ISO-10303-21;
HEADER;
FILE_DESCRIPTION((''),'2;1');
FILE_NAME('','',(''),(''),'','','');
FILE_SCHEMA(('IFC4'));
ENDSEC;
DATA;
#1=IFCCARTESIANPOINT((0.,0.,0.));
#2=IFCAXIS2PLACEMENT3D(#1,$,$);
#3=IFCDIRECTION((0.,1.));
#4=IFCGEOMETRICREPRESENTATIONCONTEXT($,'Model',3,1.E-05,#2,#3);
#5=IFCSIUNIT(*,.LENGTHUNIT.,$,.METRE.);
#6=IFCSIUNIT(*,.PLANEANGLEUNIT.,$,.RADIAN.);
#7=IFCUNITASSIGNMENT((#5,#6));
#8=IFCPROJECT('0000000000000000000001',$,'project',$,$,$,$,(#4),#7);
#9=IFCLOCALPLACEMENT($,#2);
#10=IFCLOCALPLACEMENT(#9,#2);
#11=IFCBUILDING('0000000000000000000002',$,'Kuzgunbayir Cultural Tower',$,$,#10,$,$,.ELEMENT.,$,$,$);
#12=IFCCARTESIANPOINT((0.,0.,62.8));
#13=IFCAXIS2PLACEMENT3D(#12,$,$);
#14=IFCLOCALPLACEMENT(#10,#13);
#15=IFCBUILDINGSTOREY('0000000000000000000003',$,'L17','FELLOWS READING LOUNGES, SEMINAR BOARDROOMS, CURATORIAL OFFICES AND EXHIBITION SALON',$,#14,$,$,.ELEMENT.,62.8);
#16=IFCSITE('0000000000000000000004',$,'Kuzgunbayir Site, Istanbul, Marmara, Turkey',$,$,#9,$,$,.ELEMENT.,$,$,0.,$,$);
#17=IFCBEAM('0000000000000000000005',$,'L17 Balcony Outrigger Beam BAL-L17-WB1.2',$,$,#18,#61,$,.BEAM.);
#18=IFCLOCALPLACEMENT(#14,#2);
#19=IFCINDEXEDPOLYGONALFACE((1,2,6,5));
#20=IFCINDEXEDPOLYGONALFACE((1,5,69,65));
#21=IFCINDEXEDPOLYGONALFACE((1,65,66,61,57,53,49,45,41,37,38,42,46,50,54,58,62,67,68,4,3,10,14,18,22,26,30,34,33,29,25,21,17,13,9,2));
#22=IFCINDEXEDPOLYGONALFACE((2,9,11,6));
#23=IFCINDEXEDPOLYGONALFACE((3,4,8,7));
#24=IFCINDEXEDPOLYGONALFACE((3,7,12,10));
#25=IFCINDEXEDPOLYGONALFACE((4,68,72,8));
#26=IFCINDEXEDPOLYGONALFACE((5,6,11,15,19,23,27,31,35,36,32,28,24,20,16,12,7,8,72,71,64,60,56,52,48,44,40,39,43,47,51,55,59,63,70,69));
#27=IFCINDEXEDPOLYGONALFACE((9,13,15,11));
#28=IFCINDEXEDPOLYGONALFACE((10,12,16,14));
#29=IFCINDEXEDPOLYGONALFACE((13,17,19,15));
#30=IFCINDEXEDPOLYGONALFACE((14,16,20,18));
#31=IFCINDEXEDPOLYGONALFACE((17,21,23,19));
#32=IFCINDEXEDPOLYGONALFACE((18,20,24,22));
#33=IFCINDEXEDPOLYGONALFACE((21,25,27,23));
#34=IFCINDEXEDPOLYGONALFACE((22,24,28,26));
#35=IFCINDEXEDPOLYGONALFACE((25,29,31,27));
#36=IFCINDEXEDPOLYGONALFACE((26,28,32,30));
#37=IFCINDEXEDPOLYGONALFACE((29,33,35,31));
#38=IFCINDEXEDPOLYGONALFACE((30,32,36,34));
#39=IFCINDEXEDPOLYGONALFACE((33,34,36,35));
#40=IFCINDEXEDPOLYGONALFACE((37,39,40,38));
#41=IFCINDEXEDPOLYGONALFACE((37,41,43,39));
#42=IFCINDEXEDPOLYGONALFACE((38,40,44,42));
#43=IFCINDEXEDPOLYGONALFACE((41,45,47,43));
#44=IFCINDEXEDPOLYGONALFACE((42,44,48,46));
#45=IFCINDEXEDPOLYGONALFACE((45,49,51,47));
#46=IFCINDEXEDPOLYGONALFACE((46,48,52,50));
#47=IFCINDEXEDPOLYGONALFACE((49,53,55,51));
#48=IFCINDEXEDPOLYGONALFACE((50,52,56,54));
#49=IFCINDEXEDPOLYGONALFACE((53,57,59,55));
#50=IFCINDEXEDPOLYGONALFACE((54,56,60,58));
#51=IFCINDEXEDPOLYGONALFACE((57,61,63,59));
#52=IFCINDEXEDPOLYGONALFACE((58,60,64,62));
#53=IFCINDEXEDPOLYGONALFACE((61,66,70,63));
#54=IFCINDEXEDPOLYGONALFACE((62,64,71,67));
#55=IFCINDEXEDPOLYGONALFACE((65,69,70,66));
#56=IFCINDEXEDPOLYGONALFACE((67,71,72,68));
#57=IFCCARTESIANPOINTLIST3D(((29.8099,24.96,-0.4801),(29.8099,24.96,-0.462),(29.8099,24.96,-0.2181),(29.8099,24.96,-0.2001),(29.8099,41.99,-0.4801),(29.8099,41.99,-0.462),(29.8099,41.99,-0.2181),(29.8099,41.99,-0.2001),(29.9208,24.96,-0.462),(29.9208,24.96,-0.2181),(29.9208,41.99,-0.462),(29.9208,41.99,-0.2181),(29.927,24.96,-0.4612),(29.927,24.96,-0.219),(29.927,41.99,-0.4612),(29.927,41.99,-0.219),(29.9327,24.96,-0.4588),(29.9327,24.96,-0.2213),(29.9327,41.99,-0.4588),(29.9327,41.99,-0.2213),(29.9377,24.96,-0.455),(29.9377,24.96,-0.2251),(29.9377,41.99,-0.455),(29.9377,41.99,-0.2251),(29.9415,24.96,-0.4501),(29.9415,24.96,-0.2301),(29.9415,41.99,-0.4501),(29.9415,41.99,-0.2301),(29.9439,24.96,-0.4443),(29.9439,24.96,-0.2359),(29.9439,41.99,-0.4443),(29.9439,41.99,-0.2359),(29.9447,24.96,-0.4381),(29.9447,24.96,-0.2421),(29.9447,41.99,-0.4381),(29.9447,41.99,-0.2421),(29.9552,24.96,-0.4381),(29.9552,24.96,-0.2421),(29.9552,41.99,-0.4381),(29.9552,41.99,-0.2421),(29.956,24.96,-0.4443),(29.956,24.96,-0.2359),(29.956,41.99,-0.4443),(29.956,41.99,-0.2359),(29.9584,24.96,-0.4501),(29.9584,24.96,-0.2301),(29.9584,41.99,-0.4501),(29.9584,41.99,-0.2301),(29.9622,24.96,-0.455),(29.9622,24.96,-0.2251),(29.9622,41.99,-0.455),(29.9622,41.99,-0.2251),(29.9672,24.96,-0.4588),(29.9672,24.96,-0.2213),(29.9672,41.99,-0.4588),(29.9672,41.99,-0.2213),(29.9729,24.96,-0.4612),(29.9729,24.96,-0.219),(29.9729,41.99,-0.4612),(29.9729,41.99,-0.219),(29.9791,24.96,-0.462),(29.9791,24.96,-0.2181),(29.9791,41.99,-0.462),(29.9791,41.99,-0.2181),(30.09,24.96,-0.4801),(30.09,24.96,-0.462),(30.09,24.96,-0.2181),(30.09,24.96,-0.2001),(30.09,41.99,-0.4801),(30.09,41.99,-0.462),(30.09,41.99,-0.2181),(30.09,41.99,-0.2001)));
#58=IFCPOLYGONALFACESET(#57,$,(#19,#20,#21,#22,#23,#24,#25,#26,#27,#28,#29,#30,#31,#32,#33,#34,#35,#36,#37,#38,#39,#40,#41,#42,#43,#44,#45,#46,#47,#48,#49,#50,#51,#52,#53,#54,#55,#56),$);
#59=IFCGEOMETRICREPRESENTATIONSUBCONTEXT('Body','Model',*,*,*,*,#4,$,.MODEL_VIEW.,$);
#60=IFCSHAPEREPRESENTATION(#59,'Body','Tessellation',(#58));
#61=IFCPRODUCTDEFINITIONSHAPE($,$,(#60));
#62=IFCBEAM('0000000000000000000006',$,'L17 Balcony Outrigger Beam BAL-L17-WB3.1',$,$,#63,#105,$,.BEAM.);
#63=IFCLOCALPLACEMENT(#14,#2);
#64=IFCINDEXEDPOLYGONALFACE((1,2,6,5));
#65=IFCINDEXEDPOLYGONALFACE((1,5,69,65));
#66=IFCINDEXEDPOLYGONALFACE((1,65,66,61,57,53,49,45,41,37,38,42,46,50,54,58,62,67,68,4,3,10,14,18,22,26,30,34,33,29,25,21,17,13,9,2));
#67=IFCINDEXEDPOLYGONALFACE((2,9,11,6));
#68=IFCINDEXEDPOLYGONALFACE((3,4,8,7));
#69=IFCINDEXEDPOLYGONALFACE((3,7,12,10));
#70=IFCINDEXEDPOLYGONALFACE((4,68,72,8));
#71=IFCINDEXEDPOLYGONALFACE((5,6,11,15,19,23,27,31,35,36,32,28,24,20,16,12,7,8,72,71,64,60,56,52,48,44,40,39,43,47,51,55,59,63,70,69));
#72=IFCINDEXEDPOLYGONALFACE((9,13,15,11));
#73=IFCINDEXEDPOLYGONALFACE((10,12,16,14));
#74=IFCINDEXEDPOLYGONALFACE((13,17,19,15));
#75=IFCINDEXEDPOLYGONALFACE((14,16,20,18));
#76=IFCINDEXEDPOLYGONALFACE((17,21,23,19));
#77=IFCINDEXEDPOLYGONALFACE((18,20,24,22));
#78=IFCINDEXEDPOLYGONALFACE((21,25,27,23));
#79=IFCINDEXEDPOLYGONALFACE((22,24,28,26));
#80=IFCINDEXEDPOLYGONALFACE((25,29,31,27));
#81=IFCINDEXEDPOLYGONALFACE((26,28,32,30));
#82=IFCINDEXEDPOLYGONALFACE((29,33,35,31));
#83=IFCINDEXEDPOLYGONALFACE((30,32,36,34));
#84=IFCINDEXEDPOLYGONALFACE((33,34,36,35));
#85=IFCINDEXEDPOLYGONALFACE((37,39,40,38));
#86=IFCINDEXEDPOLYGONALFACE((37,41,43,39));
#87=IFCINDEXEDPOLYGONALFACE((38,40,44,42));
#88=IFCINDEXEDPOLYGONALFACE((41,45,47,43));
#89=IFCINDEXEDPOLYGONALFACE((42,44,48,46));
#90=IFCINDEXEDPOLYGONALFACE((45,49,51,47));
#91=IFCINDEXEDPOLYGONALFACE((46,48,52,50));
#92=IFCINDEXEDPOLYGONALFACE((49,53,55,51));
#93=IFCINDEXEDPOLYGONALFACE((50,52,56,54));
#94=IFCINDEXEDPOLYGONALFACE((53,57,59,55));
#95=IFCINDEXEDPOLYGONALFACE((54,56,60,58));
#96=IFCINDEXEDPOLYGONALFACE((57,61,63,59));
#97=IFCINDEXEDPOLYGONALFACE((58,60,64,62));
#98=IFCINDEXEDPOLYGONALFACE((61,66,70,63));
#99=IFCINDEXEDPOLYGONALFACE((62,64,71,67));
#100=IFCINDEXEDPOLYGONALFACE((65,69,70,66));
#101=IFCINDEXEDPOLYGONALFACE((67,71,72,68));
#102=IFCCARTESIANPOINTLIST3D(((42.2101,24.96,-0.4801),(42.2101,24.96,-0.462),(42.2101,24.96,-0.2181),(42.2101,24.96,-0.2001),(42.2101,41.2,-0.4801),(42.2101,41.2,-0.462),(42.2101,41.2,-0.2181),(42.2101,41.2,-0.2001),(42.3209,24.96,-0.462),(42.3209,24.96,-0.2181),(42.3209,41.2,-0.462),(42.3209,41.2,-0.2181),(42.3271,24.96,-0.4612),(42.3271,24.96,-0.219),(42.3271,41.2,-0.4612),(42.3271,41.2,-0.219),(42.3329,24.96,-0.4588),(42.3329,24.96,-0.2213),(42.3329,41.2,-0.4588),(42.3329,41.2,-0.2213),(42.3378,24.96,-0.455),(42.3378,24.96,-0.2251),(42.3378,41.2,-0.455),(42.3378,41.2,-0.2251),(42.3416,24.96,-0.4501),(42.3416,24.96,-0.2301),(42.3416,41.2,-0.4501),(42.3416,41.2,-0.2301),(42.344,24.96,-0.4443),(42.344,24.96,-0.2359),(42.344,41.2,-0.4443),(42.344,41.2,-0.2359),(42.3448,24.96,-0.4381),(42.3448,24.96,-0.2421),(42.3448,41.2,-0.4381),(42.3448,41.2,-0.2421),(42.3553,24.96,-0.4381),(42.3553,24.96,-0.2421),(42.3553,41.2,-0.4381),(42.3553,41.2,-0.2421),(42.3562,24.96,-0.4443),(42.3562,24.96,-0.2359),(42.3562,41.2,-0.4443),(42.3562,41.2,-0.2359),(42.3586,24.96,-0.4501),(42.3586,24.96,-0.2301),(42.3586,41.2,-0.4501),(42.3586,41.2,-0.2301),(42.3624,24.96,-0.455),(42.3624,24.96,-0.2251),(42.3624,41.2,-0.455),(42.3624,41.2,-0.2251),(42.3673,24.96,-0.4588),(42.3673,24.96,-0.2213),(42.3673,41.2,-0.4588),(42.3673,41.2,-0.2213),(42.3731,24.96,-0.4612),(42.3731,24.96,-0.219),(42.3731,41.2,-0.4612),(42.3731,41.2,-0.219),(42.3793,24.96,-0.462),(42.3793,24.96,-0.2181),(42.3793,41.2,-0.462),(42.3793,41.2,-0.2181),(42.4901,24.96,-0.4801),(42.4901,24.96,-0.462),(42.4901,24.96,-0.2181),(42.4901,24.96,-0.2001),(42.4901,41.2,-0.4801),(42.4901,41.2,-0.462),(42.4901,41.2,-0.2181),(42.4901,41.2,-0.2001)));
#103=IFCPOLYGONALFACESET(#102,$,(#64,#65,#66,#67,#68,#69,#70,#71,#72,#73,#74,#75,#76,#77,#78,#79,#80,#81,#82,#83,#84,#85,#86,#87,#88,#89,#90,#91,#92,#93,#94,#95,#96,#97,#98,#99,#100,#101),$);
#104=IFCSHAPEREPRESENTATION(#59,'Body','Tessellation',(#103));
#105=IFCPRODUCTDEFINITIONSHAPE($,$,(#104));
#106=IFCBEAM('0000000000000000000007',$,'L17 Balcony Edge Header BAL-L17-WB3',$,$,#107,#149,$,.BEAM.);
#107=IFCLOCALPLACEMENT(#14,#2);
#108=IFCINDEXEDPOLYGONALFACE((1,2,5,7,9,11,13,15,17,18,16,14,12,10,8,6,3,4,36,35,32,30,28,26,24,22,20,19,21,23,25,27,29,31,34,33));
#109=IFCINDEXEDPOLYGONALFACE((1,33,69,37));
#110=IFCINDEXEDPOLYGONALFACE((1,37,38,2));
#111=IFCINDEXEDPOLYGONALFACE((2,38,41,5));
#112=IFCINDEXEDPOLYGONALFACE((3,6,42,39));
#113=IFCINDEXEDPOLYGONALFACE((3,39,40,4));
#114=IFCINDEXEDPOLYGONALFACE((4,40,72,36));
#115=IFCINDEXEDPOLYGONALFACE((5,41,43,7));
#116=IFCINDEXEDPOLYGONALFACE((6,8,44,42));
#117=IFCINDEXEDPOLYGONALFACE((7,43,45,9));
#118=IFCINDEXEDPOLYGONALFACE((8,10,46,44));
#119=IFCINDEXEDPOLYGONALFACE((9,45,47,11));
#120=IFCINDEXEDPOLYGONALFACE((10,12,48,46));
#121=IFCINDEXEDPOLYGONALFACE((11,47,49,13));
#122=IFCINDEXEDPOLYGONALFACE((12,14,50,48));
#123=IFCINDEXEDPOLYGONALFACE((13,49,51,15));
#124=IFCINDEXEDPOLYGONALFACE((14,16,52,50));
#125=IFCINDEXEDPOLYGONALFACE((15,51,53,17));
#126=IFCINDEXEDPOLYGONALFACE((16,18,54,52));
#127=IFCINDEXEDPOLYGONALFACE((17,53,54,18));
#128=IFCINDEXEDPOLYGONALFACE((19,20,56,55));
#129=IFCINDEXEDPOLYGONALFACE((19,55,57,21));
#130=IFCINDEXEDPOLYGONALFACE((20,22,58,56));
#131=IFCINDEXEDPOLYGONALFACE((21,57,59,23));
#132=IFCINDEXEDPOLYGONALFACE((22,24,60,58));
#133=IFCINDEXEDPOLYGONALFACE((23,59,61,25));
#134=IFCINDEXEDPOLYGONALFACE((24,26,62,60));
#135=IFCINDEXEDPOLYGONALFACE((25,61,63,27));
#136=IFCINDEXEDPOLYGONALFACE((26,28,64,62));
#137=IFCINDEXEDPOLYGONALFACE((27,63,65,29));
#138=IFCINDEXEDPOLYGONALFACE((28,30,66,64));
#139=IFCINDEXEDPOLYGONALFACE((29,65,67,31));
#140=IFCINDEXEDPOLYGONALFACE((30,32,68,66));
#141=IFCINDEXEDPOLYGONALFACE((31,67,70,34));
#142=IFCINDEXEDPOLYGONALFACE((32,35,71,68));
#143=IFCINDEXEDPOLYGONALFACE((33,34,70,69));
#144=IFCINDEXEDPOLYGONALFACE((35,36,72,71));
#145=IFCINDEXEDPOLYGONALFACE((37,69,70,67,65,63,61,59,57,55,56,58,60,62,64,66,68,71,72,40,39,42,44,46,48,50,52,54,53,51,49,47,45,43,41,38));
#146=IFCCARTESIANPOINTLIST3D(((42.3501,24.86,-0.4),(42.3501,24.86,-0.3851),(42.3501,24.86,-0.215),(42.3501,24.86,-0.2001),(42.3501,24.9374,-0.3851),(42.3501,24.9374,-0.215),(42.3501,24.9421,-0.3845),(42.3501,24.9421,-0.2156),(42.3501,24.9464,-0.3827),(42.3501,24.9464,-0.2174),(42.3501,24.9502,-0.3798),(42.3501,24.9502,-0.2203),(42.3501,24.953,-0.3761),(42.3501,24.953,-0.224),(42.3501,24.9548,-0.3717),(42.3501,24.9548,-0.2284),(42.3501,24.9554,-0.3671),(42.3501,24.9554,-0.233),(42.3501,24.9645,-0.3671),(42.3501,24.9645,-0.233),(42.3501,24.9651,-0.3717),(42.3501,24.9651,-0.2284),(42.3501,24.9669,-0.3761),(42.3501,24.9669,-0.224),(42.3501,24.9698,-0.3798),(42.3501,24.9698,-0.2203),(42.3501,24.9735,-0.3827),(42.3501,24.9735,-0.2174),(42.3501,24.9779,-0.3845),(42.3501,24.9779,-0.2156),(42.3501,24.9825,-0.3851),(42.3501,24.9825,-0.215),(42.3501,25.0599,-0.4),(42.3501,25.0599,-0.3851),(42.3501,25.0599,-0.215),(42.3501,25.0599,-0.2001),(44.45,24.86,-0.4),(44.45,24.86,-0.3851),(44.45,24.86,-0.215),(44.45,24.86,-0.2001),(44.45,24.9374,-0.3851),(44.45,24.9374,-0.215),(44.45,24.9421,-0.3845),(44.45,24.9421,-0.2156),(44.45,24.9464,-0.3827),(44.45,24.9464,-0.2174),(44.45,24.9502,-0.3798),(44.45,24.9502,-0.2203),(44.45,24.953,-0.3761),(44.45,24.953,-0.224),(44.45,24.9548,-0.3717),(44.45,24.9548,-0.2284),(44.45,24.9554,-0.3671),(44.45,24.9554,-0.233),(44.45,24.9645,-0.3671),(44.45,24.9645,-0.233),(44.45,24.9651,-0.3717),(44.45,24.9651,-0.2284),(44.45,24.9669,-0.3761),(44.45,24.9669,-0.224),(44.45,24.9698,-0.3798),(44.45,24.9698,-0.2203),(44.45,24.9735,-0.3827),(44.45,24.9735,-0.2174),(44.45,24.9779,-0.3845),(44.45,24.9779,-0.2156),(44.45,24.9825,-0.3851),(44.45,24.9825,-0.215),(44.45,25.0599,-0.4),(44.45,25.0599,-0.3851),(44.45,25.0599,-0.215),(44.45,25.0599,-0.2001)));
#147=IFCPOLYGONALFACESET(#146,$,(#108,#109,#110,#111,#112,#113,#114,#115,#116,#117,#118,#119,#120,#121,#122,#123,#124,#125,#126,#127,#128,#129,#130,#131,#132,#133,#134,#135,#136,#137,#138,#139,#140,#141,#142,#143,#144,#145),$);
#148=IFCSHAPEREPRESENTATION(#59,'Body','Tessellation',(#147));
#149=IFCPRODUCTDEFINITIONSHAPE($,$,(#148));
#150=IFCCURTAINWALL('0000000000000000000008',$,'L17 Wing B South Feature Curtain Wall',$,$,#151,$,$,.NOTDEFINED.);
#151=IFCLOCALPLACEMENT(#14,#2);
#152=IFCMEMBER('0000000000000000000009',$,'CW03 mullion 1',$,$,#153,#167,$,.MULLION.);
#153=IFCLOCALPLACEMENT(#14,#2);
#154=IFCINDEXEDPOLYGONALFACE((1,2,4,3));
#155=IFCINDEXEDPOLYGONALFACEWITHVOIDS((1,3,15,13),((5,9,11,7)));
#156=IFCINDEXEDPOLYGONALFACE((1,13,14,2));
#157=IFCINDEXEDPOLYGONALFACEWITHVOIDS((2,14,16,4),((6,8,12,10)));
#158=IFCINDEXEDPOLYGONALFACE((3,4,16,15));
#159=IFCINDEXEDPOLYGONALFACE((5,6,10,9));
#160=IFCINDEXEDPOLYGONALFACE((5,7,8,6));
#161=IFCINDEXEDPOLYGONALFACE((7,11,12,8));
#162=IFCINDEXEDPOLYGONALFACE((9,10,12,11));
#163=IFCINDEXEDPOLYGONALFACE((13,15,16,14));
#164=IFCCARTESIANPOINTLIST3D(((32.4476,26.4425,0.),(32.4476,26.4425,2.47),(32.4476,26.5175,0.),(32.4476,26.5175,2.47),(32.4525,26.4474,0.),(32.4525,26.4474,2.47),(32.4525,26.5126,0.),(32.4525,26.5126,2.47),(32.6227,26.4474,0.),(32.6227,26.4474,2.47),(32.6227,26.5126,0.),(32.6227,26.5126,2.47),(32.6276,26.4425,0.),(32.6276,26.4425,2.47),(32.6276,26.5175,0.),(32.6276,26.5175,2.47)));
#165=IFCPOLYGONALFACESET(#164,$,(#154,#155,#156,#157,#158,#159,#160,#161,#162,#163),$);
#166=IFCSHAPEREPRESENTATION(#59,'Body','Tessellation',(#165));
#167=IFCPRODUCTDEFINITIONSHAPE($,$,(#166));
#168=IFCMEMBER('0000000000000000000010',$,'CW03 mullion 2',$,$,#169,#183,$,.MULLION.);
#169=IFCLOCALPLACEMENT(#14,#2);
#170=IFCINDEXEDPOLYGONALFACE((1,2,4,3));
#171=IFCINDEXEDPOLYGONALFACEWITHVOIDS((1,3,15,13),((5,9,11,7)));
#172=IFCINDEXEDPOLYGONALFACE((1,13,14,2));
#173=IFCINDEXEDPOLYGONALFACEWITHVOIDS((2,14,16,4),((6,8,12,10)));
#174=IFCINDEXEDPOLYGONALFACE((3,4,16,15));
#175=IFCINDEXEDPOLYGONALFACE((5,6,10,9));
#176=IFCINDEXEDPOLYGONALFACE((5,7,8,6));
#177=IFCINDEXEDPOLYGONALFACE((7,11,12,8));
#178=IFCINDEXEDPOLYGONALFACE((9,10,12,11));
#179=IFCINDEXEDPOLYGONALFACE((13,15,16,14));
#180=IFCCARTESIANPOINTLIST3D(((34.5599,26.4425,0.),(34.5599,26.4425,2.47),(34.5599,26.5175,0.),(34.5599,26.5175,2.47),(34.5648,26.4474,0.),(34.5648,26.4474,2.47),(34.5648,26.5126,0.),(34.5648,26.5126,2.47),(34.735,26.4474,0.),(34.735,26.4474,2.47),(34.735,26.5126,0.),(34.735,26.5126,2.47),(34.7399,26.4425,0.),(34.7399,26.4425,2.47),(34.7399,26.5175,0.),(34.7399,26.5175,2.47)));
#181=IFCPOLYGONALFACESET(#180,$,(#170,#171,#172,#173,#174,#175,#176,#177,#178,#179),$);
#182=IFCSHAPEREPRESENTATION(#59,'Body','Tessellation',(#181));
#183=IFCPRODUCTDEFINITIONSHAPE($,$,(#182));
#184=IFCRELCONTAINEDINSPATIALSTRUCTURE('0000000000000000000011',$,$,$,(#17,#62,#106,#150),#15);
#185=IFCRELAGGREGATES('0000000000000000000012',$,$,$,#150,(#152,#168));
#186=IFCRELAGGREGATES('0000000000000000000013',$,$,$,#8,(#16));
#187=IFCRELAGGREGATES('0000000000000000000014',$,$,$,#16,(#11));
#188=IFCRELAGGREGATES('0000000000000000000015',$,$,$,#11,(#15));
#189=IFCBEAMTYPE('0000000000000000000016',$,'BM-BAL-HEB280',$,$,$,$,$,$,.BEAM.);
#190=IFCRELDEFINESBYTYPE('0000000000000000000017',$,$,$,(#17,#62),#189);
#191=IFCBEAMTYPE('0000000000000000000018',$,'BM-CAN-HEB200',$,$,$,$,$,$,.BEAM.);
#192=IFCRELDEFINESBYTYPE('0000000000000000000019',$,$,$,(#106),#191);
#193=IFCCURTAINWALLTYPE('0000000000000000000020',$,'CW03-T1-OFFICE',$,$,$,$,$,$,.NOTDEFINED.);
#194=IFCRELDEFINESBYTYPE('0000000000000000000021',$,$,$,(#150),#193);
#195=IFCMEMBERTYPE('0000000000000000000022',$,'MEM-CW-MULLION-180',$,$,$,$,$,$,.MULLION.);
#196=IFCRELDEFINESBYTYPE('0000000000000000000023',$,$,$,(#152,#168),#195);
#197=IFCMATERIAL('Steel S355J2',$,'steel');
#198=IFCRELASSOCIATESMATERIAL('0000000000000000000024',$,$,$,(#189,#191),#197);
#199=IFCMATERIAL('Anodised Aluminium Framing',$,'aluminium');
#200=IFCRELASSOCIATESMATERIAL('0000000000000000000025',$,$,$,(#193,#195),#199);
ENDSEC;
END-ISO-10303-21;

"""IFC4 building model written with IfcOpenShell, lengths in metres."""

from ifc_helpers import new_model, si_unit, direction, frame, origin, origin_2d, place, context, subcontext, project, spatial, hollow_rectangle, i_section, extrude, material, material_profile, profile_set, type_object, element, aggregate, save


model = new_model("IFC4")

# Units and contexts
model_context = context("Model", 3, precision=1e-05, world=origin(), true_north=direction((0.0, 1.0)))
body_context = subcontext(model_context, "Body", "Model", "MODEL_VIEW")
ifc_project = project(units=[si_unit("LENGTHUNIT", "METRE"), si_unit("PLANEANGLEUNIT", "RADIAN")], contexts=[model_context])

# Site, building, storey
site_placement = place(None, origin())
site = spatial("IfcSite", under=ifc_project, at=site_placement, Name="Kuzgunbayir Site, Istanbul, Marmara, Turkey", CompositionType="ELEMENT", RefElevation=0.0)
building_placement = place(site_placement, origin())
building = spatial("IfcBuilding", under=site, at=building_placement, Name="Kuzgunbayir Cultural Tower", CompositionType="ELEMENT")
storey_placement = place(building_placement, frame((0.0, 0.0, 62.8)))
storey = spatial("IfcBuildingStorey", under=building, at=storey_placement, Name="L17", Description="FELLOWS READING LOUNGES, SEMINAR BOARDROOMS, CURATORIAL OFFICES AND EXHIBITION SALON", CompositionType="ELEMENT", Elevation=62.8)

# Beams
ifc_material_1 = material(Name="Steel S355J2", Category="steel")
ifc_material_profile_1 = material_profile(ifc_material_1, i_section(OverallWidth=0.28, OverallDepth=0.28, WebThickness=0.0105, FlangeThickness=0.0181, FilletRadius=0.0239, at=origin_2d()), Name="HEB 280")
ifc_profile_set_1 = profile_set([ifc_material_profile_1], Name="Steel S355J2")
beam_type_1 = type_object("IfcBeamType", Name="BM-BAL-HEB280", PredefinedType="BEAM", material=ifc_profile_set_1)
beam_1_placement = place(storey_placement, frame((29.95, 24.96, -0.3401), z_axis=(0.0, 1.0, 0.0), x_axis=(-1.0, 0.0, 0.0)))
element("IfcBeam", 1, at=beam_1_placement, inside=storey, type_object=beam_type_1, Name="L17 Balcony Outrigger Beam BAL-L17-WB1.2", PredefinedType="BEAM", context=body_context, shape_type="SweptSolid", body=[
    extrude(i_section(OverallWidth=0.28, OverallDepth=0.28, WebThickness=0.0105, FlangeThickness=0.0181, FilletRadius=0.0239, at=origin_2d()), origin(), (0.0, 0.0, 1.0), 17.03),
])
beam_2_placement = place(storey_placement, frame((42.3501, 24.96, -0.3401), z_axis=(0.0, 1.0, 0.0), x_axis=(-1.0, 0.0, 0.0)))
element("IfcBeam", 2, at=beam_2_placement, inside=storey, type_object=beam_type_1, Name="L17 Balcony Outrigger Beam BAL-L17-WB3.1", PredefinedType="BEAM", context=body_context, shape_type="SweptSolid", body=[
    extrude(i_section(OverallWidth=0.28, OverallDepth=0.28, WebThickness=0.0105, FlangeThickness=0.0181, FilletRadius=0.0239, at=origin_2d()), origin(), (0.0, 0.0, 1.0), 16.24),
])
ifc_material_profile_2 = material_profile(ifc_material_1, i_section(OverallWidth=0.2, OverallDepth=0.2, WebThickness=0.009, FlangeThickness=0.0149, FilletRadius=0.0181, at=origin_2d()), Name="HEB 200")
ifc_profile_set_2 = profile_set([ifc_material_profile_2], Name="Steel S355J2")
beam_type_2 = type_object("IfcBeamType", Name="BM-CAN-HEB200", PredefinedType="BEAM", material=ifc_profile_set_2)
beam_3_placement = place(storey_placement, frame((42.3501, 24.96, -0.3), z_axis=(1.0, 0.0, 0.0), x_axis=(0.0, 1.0, 0.0)))
element("IfcBeam", 3, at=beam_3_placement, inside=storey, type_object=beam_type_2, Name="L17 Balcony Edge Header BAL-L17-WB3", PredefinedType="BEAM", context=body_context, shape_type="SweptSolid", body=[
    extrude(i_section(OverallWidth=0.2, OverallDepth=0.2, WebThickness=0.009, FlangeThickness=0.0149, FilletRadius=0.0181, at=origin_2d()), origin(), (0.0, 0.0, 1.0), 2.0999),
])

# Curtain wall, members
ifc_material_2 = material(Name="Anodised Aluminium Framing", Category="aluminium")
curtain_wall_type = type_object("IfcCurtainWallType", Name="CW03-T1-OFFICE", PredefinedType="NOTDEFINED", material=ifc_material_2)
curtain_wall_placement = place(storey_placement, origin())
curtain_wall = element("IfcCurtainWall", 4, at=curtain_wall_placement, inside=storey, type_object=curtain_wall_type, Name="L17 Wing B South Feature Curtain Wall", PredefinedType="NOTDEFINED")
ifc_material_profile_3 = material_profile(ifc_material_2, hollow_rectangle(XDim=0.075, YDim=0.1799, WallThickness=0.0049, at=origin_2d()), Name="RHS 180x75x5")
ifc_profile_set_3 = profile_set([ifc_material_profile_3], Name="Anodised Aluminium Framing")
member_type_1 = type_object("IfcMemberType", Name="MEM-CW-MULLION-180", PredefinedType="MULLION", material=ifc_profile_set_3)
member_1_placement = place(storey_placement, frame((32.5376, 26.48, 0.0), z_axis=(0.0, 0.0, 1.0), x_axis=(0.0, 1.0, 0.0)))
member_1 = element("IfcMember", 5, at=member_1_placement, type_object=member_type_1, Name="CW03 mullion 1", PredefinedType="MULLION", context=body_context, shape_type="SweptSolid", body=[
    extrude(hollow_rectangle(XDim=0.075, YDim=0.1799, WallThickness=0.0049, at=origin_2d()), origin(), (0.0, 0.0, 1.0), 2.47),
])
member_2_placement = place(storey_placement, frame((34.6499, 26.48, 0.0), z_axis=(0.0, 0.0, 1.0), x_axis=(0.0, 1.0, 0.0)))
member_2 = element("IfcMember", 6, at=member_2_placement, type_object=member_type_1, Name="CW03 mullion 2", PredefinedType="MULLION", context=body_context, shape_type="SweptSolid", body=[
    extrude(hollow_rectangle(XDim=0.075, YDim=0.1799, WallThickness=0.0049, at=origin_2d()), origin(), (0.0, 0.0, 1.0), 2.47),
])
aggregate(curtain_wall, [member_1, member_2])

save(model, "model.ifc")
